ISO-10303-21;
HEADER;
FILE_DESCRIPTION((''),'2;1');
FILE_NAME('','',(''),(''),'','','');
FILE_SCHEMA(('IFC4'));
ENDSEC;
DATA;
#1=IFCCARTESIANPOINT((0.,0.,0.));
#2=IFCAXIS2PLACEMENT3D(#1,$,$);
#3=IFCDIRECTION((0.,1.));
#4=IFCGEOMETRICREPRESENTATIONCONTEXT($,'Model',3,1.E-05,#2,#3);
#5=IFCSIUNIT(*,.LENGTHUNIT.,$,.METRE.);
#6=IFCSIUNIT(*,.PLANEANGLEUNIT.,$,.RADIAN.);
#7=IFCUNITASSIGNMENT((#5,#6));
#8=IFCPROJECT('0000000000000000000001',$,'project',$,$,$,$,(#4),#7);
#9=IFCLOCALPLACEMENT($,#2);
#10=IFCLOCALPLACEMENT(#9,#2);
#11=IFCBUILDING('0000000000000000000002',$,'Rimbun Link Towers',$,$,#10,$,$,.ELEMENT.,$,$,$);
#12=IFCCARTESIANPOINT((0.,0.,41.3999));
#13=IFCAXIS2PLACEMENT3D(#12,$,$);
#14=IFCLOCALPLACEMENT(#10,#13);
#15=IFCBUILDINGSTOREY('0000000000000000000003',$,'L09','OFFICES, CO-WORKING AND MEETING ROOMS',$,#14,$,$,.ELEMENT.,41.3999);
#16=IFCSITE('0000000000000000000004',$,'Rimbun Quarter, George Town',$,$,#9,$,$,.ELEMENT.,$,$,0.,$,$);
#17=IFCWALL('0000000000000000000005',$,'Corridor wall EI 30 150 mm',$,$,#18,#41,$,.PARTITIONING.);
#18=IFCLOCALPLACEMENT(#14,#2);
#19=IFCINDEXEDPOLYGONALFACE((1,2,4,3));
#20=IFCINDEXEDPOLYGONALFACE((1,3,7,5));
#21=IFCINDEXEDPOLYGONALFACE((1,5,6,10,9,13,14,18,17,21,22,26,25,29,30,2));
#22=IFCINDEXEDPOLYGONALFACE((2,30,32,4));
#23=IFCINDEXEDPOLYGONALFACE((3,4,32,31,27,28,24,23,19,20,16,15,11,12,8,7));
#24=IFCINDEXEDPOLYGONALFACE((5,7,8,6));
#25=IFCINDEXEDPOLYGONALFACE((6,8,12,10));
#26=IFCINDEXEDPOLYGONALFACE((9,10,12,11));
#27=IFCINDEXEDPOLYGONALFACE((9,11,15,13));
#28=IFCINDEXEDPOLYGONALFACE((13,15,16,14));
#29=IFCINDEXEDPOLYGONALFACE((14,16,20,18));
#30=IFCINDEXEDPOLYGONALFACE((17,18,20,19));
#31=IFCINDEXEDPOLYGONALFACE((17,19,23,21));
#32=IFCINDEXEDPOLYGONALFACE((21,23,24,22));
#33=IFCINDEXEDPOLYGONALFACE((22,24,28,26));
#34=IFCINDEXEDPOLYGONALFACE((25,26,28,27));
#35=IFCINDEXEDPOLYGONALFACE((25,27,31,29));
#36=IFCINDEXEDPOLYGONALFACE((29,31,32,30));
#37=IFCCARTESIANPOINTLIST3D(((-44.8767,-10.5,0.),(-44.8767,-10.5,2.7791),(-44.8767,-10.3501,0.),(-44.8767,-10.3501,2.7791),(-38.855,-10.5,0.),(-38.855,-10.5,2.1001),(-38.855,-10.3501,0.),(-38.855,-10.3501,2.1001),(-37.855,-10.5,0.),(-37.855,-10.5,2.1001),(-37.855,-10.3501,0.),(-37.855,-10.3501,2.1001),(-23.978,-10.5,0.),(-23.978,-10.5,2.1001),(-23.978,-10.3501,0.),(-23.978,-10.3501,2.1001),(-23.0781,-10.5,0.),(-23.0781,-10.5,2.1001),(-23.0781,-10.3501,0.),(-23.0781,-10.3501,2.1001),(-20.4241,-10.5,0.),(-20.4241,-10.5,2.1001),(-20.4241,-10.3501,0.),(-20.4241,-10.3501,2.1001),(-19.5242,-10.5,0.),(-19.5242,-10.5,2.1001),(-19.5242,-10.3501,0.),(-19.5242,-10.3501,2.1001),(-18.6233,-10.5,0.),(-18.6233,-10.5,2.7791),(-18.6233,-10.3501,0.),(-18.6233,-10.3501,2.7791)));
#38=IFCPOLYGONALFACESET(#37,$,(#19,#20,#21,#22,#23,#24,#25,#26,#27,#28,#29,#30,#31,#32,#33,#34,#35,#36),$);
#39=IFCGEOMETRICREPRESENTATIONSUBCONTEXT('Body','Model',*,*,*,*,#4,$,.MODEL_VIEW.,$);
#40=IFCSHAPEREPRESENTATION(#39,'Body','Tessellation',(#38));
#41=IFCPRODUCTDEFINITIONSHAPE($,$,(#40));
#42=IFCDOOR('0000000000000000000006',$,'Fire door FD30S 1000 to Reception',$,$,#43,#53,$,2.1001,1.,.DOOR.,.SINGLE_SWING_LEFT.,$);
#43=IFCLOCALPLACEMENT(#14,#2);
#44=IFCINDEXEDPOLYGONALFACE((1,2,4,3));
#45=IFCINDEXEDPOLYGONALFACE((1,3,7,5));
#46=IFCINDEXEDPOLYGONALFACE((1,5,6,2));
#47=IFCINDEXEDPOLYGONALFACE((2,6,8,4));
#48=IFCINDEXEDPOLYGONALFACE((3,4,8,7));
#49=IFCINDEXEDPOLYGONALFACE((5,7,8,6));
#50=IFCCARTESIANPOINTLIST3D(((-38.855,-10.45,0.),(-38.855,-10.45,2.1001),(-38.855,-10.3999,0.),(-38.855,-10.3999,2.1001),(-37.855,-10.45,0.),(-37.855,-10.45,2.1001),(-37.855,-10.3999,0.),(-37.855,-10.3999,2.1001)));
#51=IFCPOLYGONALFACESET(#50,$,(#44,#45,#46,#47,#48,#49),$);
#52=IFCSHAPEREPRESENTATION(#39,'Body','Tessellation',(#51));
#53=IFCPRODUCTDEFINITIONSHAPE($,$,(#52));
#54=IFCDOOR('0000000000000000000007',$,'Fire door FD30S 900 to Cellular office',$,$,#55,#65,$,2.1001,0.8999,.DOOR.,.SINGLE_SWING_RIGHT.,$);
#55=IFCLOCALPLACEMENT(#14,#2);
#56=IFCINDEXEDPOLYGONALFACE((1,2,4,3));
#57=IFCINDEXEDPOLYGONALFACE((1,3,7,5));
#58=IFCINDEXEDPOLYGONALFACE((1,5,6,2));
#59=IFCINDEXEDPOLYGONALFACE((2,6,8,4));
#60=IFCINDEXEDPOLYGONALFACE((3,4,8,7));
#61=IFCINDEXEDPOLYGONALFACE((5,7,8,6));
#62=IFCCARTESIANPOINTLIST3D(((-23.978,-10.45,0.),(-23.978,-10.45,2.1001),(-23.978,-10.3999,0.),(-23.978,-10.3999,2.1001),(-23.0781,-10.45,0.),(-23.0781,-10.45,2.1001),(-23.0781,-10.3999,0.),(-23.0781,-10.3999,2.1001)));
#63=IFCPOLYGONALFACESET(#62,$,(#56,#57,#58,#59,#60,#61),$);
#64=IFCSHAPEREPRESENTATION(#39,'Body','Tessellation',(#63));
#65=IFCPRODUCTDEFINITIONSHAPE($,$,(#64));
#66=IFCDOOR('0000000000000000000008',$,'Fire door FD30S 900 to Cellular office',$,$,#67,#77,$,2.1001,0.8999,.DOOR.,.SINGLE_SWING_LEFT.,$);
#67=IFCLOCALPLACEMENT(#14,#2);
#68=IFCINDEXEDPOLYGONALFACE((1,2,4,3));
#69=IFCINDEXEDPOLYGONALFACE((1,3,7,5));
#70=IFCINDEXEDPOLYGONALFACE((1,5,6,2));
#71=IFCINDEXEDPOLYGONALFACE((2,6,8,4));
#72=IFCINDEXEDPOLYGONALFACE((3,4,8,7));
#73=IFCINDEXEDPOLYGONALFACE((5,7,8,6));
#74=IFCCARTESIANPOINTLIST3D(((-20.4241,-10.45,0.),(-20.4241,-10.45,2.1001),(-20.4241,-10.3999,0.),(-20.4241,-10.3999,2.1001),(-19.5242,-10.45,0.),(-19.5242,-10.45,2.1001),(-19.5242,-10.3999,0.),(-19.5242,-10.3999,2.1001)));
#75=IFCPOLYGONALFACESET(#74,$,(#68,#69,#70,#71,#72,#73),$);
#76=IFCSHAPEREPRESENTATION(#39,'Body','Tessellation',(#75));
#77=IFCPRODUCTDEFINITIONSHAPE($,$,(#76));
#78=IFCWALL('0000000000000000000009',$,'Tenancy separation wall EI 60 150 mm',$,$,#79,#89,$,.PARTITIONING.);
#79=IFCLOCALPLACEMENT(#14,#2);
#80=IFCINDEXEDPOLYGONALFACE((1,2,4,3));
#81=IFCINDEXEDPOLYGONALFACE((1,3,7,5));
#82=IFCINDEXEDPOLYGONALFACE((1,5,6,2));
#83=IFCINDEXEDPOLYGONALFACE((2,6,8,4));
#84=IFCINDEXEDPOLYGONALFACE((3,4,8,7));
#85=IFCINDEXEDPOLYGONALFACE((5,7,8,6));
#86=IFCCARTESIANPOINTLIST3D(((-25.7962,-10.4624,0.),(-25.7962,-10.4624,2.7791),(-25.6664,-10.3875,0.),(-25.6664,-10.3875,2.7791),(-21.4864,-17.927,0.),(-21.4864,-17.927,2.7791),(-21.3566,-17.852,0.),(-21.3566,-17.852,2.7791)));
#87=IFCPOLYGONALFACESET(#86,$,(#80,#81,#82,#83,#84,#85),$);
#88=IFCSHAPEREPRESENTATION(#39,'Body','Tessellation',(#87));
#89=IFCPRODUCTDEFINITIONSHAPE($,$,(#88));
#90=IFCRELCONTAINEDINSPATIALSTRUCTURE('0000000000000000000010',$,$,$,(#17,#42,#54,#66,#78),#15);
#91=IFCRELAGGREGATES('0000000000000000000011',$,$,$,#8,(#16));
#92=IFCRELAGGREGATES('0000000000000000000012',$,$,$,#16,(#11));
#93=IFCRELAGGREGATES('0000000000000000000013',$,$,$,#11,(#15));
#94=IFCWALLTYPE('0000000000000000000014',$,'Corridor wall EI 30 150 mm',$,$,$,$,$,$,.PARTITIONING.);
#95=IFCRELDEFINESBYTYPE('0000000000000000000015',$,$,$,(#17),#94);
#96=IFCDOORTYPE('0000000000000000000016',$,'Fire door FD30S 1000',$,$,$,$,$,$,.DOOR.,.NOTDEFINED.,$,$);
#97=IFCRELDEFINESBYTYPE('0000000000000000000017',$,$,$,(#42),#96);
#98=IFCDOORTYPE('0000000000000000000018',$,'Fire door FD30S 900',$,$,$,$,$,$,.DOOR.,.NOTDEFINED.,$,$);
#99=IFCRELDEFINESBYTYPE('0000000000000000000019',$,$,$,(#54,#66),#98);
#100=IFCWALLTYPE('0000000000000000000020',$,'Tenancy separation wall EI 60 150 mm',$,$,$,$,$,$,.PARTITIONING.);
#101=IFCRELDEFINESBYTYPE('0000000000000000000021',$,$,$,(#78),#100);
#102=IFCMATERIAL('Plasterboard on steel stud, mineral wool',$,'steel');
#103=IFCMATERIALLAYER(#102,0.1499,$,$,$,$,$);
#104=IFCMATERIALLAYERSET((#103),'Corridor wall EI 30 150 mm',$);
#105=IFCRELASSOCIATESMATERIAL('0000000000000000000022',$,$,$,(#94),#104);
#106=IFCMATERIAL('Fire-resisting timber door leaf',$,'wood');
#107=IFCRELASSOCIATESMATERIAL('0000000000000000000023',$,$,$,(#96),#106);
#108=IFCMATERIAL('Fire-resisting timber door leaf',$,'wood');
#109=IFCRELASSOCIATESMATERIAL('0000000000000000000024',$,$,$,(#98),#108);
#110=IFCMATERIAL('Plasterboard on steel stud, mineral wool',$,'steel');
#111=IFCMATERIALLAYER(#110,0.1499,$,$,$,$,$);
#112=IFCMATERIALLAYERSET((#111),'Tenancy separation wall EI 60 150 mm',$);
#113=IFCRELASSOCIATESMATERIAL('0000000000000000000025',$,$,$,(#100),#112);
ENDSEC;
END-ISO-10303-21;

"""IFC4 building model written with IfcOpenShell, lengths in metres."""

from ifc_helpers import new_model, si_unit, direction, frame, frame_2d, origin, place, context, subcontext, project, spatial, rectangle, extrude, material, layer, layer_set, type_object, element, fill, save


model = new_model("IFC4")

# Units and contexts
model_context = context("Model", 3, precision=1e-05, world=origin(), true_north=direction((0.0, 1.0)))
body_context = subcontext(model_context, "Body", "Model", "MODEL_VIEW")
ifc_project = project(units=[si_unit("LENGTHUNIT", "METRE"), si_unit("PLANEANGLEUNIT", "RADIAN")], contexts=[model_context])

# Site, building, storey
site_placement = place(None, origin())
site = spatial("IfcSite", under=ifc_project, at=site_placement, Name="Rimbun Quarter, George Town", CompositionType="ELEMENT", RefElevation=0.0)
building_placement = place(site_placement, origin())
building = spatial("IfcBuilding", under=site, at=building_placement, Name="Rimbun Link Towers", CompositionType="ELEMENT")
storey_placement = place(building_placement, frame((0.0, 0.0, 41.3999)))
storey = spatial("IfcBuildingStorey", under=building, at=storey_placement, Name="L09", Description="OFFICES, CO-WORKING AND MEETING ROOMS", CompositionType="ELEMENT", Elevation=41.3999)

# Shared definitions
ifc_material_1 = material(Name="Plasterboard on steel stud, mineral wool", Category="steel")
ifc_layer_1 = layer(ifc_material_1, 0.1499)
ifc_layer_set_1 = layer_set([ifc_layer_1], Name="Corridor wall EI 30 150 mm")
wall_type_1 = type_object("IfcWallType", Name="Corridor wall EI 30 150 mm", PredefinedType="PARTITIONING", material=ifc_layer_set_1)

# Wall, openings, doors
wall_1_placement = place(storey_placement, frame((-18.6233, -10.425, 0.0), z_axis=(0.0, 0.0, 1.0), x_axis=(-1.0, 0.0, 0.0)))
wall_1 = element("IfcWall", 1, at=wall_1_placement, inside=storey, type_object=wall_type_1, Name="Corridor wall EI 30 150 mm", PredefinedType="PARTITIONING", context=body_context, shape_type="SweptSolid", body=[
    extrude(rectangle(XDim=26.2534, YDim=0.1499, at=frame_2d((13.1267, 0.0))), origin(), (0.0, 0.0, 1.0), 2.7791),
])
opening_1_placement = place(wall_1_placement, frame((19.2317, 0.0, 0.0)))
opening_1 = element("IfcOpeningElement", 2, at=opening_1_placement, cuts=wall_1, PredefinedType="OPENING", context=body_context, shape_type="SweptSolid", body=[
    extrude(rectangle(XDim=1.0, YDim=2.1001, at=frame_2d((0.5, 1.05))), frame((0.0, 0.085, 0.0), z_axis=(0.0, -1.0, 0.0), x_axis=(1.0, 0.0, 0.0)), (0.0, 0.0, 1.0), 0.1699),
])
opening_2_placement = place(wall_1_placement, frame((4.4548, 0.0, 0.0)))
opening_2 = element("IfcOpeningElement", 3, at=opening_2_placement, cuts=wall_1, PredefinedType="OPENING", context=body_context, shape_type="SweptSolid", body=[
    extrude(rectangle(XDim=0.8999, YDim=2.1001, at=frame_2d((0.45, 1.05))), frame((0.0, 0.085, 0.0), z_axis=(0.0, -1.0, 0.0), x_axis=(1.0, 0.0, 0.0)), (0.0, 0.0, 1.0), 0.1699),
])
opening_3_placement = place(wall_1_placement, frame((0.9009, 0.0, 0.0)))
opening_3 = element("IfcOpeningElement", 4, at=opening_3_placement, cuts=wall_1, PredefinedType="OPENING", context=body_context, shape_type="SweptSolid", body=[
    extrude(rectangle(XDim=0.8999, YDim=2.1001, at=frame_2d((0.45, 1.05))), frame((0.0, 0.085, 0.0), z_axis=(0.0, -1.0, 0.0), x_axis=(1.0, 0.0, 0.0)), (0.0, 0.0, 1.0), 0.1699),
])
ifc_material_2 = material(Name="Fire-resisting timber door leaf", Category="wood")
door_type_1 = type_object("IfcDoorType", Name="Fire door FD30S 1000", OperationType="NOTDEFINED", PredefinedType="DOOR", material=ifc_material_2)
door_1_placement = place(opening_1_placement, origin())
door_1 = element("IfcDoor", 5, at=door_1_placement, inside=storey, type_object=door_type_1, Name="Fire door FD30S 1000 to Reception", OperationType="SINGLE_SWING_LEFT", OverallHeight=2.1001, OverallWidth=1.0, PredefinedType="DOOR", context=body_context, shape_type="SweptSolid", body=[
    extrude(rectangle(XDim=1.0, YDim=2.1001, at=frame_2d((0.5, 1.05))), frame((0.0, 0.0249, 0.0), z_axis=(0.0, -1.0, 0.0), x_axis=(1.0, 0.0, 0.0)), (0.0, 0.0, 1.0), 0.05),
])
fill(opening_1, door_1)
ifc_material_3 = material(Name="Fire-resisting timber door leaf", Category="wood")
door_type_2 = type_object("IfcDoorType", Name="Fire door FD30S 900", OperationType="NOTDEFINED", PredefinedType="DOOR", material=ifc_material_3)
door_2_placement = place(opening_2_placement, origin())
door_2 = element("IfcDoor", 6, at=door_2_placement, inside=storey, type_object=door_type_2, Name="Fire door FD30S 900 to Cellular office", OperationType="SINGLE_SWING_RIGHT", OverallHeight=2.1001, OverallWidth=0.8999, PredefinedType="DOOR", context=body_context, shape_type="SweptSolid", body=[
    extrude(rectangle(XDim=0.8999, YDim=2.1001, at=frame_2d((0.45, 1.05))), frame((0.0, 0.0249, 0.0), z_axis=(0.0, -1.0, 0.0), x_axis=(1.0, 0.0, 0.0)), (0.0, 0.0, 1.0), 0.05),
])
fill(opening_2, door_2)
door_3_placement = place(opening_3_placement, origin())
door_3 = element("IfcDoor", 7, at=door_3_placement, inside=storey, type_object=door_type_2, Name="Fire door FD30S 900 to Cellular office", OperationType="SINGLE_SWING_LEFT", OverallHeight=2.1001, OverallWidth=0.8999, PredefinedType="DOOR", context=body_context, shape_type="SweptSolid", body=[
    extrude(rectangle(XDim=0.8999, YDim=2.1001, at=frame_2d((0.45, 1.05))), frame((0.0, 0.0249, 0.0), z_axis=(0.0, -1.0, 0.0), x_axis=(1.0, 0.0, 0.0)), (0.0, 0.0, 1.0), 0.05),
])
fill(opening_3, door_3)

# Wall
ifc_material_4 = material(Name="Plasterboard on steel stud, mineral wool", Category="steel")
ifc_layer_2 = layer(ifc_material_4, 0.1499)
ifc_layer_set_2 = layer_set([ifc_layer_2], Name="Tenancy separation wall EI 60 150 mm")
wall_type_2 = type_object("IfcWallType", Name="Tenancy separation wall EI 60 150 mm", PredefinedType="PARTITIONING", material=ifc_layer_set_2)
wall_2_placement = place(storey_placement, frame((-25.7312, -10.425, 0.0), z_axis=(0.0, 0.0, 1.0), x_axis=(0.500011, -0.866019, 0.0)))
element("IfcWall", 8, at=wall_2_placement, inside=storey, type_object=wall_type_2, Name="Tenancy separation wall EI 60 150 mm", PredefinedType="PARTITIONING", context=body_context, shape_type="SweptSolid", body=[
    extrude(rectangle(XDim=8.6194, YDim=0.1499, at=frame_2d((4.3096, 0.0))), origin(), (0.0, 0.0, 1.0), 2.7791),
])

save(model, "model.ifc")
